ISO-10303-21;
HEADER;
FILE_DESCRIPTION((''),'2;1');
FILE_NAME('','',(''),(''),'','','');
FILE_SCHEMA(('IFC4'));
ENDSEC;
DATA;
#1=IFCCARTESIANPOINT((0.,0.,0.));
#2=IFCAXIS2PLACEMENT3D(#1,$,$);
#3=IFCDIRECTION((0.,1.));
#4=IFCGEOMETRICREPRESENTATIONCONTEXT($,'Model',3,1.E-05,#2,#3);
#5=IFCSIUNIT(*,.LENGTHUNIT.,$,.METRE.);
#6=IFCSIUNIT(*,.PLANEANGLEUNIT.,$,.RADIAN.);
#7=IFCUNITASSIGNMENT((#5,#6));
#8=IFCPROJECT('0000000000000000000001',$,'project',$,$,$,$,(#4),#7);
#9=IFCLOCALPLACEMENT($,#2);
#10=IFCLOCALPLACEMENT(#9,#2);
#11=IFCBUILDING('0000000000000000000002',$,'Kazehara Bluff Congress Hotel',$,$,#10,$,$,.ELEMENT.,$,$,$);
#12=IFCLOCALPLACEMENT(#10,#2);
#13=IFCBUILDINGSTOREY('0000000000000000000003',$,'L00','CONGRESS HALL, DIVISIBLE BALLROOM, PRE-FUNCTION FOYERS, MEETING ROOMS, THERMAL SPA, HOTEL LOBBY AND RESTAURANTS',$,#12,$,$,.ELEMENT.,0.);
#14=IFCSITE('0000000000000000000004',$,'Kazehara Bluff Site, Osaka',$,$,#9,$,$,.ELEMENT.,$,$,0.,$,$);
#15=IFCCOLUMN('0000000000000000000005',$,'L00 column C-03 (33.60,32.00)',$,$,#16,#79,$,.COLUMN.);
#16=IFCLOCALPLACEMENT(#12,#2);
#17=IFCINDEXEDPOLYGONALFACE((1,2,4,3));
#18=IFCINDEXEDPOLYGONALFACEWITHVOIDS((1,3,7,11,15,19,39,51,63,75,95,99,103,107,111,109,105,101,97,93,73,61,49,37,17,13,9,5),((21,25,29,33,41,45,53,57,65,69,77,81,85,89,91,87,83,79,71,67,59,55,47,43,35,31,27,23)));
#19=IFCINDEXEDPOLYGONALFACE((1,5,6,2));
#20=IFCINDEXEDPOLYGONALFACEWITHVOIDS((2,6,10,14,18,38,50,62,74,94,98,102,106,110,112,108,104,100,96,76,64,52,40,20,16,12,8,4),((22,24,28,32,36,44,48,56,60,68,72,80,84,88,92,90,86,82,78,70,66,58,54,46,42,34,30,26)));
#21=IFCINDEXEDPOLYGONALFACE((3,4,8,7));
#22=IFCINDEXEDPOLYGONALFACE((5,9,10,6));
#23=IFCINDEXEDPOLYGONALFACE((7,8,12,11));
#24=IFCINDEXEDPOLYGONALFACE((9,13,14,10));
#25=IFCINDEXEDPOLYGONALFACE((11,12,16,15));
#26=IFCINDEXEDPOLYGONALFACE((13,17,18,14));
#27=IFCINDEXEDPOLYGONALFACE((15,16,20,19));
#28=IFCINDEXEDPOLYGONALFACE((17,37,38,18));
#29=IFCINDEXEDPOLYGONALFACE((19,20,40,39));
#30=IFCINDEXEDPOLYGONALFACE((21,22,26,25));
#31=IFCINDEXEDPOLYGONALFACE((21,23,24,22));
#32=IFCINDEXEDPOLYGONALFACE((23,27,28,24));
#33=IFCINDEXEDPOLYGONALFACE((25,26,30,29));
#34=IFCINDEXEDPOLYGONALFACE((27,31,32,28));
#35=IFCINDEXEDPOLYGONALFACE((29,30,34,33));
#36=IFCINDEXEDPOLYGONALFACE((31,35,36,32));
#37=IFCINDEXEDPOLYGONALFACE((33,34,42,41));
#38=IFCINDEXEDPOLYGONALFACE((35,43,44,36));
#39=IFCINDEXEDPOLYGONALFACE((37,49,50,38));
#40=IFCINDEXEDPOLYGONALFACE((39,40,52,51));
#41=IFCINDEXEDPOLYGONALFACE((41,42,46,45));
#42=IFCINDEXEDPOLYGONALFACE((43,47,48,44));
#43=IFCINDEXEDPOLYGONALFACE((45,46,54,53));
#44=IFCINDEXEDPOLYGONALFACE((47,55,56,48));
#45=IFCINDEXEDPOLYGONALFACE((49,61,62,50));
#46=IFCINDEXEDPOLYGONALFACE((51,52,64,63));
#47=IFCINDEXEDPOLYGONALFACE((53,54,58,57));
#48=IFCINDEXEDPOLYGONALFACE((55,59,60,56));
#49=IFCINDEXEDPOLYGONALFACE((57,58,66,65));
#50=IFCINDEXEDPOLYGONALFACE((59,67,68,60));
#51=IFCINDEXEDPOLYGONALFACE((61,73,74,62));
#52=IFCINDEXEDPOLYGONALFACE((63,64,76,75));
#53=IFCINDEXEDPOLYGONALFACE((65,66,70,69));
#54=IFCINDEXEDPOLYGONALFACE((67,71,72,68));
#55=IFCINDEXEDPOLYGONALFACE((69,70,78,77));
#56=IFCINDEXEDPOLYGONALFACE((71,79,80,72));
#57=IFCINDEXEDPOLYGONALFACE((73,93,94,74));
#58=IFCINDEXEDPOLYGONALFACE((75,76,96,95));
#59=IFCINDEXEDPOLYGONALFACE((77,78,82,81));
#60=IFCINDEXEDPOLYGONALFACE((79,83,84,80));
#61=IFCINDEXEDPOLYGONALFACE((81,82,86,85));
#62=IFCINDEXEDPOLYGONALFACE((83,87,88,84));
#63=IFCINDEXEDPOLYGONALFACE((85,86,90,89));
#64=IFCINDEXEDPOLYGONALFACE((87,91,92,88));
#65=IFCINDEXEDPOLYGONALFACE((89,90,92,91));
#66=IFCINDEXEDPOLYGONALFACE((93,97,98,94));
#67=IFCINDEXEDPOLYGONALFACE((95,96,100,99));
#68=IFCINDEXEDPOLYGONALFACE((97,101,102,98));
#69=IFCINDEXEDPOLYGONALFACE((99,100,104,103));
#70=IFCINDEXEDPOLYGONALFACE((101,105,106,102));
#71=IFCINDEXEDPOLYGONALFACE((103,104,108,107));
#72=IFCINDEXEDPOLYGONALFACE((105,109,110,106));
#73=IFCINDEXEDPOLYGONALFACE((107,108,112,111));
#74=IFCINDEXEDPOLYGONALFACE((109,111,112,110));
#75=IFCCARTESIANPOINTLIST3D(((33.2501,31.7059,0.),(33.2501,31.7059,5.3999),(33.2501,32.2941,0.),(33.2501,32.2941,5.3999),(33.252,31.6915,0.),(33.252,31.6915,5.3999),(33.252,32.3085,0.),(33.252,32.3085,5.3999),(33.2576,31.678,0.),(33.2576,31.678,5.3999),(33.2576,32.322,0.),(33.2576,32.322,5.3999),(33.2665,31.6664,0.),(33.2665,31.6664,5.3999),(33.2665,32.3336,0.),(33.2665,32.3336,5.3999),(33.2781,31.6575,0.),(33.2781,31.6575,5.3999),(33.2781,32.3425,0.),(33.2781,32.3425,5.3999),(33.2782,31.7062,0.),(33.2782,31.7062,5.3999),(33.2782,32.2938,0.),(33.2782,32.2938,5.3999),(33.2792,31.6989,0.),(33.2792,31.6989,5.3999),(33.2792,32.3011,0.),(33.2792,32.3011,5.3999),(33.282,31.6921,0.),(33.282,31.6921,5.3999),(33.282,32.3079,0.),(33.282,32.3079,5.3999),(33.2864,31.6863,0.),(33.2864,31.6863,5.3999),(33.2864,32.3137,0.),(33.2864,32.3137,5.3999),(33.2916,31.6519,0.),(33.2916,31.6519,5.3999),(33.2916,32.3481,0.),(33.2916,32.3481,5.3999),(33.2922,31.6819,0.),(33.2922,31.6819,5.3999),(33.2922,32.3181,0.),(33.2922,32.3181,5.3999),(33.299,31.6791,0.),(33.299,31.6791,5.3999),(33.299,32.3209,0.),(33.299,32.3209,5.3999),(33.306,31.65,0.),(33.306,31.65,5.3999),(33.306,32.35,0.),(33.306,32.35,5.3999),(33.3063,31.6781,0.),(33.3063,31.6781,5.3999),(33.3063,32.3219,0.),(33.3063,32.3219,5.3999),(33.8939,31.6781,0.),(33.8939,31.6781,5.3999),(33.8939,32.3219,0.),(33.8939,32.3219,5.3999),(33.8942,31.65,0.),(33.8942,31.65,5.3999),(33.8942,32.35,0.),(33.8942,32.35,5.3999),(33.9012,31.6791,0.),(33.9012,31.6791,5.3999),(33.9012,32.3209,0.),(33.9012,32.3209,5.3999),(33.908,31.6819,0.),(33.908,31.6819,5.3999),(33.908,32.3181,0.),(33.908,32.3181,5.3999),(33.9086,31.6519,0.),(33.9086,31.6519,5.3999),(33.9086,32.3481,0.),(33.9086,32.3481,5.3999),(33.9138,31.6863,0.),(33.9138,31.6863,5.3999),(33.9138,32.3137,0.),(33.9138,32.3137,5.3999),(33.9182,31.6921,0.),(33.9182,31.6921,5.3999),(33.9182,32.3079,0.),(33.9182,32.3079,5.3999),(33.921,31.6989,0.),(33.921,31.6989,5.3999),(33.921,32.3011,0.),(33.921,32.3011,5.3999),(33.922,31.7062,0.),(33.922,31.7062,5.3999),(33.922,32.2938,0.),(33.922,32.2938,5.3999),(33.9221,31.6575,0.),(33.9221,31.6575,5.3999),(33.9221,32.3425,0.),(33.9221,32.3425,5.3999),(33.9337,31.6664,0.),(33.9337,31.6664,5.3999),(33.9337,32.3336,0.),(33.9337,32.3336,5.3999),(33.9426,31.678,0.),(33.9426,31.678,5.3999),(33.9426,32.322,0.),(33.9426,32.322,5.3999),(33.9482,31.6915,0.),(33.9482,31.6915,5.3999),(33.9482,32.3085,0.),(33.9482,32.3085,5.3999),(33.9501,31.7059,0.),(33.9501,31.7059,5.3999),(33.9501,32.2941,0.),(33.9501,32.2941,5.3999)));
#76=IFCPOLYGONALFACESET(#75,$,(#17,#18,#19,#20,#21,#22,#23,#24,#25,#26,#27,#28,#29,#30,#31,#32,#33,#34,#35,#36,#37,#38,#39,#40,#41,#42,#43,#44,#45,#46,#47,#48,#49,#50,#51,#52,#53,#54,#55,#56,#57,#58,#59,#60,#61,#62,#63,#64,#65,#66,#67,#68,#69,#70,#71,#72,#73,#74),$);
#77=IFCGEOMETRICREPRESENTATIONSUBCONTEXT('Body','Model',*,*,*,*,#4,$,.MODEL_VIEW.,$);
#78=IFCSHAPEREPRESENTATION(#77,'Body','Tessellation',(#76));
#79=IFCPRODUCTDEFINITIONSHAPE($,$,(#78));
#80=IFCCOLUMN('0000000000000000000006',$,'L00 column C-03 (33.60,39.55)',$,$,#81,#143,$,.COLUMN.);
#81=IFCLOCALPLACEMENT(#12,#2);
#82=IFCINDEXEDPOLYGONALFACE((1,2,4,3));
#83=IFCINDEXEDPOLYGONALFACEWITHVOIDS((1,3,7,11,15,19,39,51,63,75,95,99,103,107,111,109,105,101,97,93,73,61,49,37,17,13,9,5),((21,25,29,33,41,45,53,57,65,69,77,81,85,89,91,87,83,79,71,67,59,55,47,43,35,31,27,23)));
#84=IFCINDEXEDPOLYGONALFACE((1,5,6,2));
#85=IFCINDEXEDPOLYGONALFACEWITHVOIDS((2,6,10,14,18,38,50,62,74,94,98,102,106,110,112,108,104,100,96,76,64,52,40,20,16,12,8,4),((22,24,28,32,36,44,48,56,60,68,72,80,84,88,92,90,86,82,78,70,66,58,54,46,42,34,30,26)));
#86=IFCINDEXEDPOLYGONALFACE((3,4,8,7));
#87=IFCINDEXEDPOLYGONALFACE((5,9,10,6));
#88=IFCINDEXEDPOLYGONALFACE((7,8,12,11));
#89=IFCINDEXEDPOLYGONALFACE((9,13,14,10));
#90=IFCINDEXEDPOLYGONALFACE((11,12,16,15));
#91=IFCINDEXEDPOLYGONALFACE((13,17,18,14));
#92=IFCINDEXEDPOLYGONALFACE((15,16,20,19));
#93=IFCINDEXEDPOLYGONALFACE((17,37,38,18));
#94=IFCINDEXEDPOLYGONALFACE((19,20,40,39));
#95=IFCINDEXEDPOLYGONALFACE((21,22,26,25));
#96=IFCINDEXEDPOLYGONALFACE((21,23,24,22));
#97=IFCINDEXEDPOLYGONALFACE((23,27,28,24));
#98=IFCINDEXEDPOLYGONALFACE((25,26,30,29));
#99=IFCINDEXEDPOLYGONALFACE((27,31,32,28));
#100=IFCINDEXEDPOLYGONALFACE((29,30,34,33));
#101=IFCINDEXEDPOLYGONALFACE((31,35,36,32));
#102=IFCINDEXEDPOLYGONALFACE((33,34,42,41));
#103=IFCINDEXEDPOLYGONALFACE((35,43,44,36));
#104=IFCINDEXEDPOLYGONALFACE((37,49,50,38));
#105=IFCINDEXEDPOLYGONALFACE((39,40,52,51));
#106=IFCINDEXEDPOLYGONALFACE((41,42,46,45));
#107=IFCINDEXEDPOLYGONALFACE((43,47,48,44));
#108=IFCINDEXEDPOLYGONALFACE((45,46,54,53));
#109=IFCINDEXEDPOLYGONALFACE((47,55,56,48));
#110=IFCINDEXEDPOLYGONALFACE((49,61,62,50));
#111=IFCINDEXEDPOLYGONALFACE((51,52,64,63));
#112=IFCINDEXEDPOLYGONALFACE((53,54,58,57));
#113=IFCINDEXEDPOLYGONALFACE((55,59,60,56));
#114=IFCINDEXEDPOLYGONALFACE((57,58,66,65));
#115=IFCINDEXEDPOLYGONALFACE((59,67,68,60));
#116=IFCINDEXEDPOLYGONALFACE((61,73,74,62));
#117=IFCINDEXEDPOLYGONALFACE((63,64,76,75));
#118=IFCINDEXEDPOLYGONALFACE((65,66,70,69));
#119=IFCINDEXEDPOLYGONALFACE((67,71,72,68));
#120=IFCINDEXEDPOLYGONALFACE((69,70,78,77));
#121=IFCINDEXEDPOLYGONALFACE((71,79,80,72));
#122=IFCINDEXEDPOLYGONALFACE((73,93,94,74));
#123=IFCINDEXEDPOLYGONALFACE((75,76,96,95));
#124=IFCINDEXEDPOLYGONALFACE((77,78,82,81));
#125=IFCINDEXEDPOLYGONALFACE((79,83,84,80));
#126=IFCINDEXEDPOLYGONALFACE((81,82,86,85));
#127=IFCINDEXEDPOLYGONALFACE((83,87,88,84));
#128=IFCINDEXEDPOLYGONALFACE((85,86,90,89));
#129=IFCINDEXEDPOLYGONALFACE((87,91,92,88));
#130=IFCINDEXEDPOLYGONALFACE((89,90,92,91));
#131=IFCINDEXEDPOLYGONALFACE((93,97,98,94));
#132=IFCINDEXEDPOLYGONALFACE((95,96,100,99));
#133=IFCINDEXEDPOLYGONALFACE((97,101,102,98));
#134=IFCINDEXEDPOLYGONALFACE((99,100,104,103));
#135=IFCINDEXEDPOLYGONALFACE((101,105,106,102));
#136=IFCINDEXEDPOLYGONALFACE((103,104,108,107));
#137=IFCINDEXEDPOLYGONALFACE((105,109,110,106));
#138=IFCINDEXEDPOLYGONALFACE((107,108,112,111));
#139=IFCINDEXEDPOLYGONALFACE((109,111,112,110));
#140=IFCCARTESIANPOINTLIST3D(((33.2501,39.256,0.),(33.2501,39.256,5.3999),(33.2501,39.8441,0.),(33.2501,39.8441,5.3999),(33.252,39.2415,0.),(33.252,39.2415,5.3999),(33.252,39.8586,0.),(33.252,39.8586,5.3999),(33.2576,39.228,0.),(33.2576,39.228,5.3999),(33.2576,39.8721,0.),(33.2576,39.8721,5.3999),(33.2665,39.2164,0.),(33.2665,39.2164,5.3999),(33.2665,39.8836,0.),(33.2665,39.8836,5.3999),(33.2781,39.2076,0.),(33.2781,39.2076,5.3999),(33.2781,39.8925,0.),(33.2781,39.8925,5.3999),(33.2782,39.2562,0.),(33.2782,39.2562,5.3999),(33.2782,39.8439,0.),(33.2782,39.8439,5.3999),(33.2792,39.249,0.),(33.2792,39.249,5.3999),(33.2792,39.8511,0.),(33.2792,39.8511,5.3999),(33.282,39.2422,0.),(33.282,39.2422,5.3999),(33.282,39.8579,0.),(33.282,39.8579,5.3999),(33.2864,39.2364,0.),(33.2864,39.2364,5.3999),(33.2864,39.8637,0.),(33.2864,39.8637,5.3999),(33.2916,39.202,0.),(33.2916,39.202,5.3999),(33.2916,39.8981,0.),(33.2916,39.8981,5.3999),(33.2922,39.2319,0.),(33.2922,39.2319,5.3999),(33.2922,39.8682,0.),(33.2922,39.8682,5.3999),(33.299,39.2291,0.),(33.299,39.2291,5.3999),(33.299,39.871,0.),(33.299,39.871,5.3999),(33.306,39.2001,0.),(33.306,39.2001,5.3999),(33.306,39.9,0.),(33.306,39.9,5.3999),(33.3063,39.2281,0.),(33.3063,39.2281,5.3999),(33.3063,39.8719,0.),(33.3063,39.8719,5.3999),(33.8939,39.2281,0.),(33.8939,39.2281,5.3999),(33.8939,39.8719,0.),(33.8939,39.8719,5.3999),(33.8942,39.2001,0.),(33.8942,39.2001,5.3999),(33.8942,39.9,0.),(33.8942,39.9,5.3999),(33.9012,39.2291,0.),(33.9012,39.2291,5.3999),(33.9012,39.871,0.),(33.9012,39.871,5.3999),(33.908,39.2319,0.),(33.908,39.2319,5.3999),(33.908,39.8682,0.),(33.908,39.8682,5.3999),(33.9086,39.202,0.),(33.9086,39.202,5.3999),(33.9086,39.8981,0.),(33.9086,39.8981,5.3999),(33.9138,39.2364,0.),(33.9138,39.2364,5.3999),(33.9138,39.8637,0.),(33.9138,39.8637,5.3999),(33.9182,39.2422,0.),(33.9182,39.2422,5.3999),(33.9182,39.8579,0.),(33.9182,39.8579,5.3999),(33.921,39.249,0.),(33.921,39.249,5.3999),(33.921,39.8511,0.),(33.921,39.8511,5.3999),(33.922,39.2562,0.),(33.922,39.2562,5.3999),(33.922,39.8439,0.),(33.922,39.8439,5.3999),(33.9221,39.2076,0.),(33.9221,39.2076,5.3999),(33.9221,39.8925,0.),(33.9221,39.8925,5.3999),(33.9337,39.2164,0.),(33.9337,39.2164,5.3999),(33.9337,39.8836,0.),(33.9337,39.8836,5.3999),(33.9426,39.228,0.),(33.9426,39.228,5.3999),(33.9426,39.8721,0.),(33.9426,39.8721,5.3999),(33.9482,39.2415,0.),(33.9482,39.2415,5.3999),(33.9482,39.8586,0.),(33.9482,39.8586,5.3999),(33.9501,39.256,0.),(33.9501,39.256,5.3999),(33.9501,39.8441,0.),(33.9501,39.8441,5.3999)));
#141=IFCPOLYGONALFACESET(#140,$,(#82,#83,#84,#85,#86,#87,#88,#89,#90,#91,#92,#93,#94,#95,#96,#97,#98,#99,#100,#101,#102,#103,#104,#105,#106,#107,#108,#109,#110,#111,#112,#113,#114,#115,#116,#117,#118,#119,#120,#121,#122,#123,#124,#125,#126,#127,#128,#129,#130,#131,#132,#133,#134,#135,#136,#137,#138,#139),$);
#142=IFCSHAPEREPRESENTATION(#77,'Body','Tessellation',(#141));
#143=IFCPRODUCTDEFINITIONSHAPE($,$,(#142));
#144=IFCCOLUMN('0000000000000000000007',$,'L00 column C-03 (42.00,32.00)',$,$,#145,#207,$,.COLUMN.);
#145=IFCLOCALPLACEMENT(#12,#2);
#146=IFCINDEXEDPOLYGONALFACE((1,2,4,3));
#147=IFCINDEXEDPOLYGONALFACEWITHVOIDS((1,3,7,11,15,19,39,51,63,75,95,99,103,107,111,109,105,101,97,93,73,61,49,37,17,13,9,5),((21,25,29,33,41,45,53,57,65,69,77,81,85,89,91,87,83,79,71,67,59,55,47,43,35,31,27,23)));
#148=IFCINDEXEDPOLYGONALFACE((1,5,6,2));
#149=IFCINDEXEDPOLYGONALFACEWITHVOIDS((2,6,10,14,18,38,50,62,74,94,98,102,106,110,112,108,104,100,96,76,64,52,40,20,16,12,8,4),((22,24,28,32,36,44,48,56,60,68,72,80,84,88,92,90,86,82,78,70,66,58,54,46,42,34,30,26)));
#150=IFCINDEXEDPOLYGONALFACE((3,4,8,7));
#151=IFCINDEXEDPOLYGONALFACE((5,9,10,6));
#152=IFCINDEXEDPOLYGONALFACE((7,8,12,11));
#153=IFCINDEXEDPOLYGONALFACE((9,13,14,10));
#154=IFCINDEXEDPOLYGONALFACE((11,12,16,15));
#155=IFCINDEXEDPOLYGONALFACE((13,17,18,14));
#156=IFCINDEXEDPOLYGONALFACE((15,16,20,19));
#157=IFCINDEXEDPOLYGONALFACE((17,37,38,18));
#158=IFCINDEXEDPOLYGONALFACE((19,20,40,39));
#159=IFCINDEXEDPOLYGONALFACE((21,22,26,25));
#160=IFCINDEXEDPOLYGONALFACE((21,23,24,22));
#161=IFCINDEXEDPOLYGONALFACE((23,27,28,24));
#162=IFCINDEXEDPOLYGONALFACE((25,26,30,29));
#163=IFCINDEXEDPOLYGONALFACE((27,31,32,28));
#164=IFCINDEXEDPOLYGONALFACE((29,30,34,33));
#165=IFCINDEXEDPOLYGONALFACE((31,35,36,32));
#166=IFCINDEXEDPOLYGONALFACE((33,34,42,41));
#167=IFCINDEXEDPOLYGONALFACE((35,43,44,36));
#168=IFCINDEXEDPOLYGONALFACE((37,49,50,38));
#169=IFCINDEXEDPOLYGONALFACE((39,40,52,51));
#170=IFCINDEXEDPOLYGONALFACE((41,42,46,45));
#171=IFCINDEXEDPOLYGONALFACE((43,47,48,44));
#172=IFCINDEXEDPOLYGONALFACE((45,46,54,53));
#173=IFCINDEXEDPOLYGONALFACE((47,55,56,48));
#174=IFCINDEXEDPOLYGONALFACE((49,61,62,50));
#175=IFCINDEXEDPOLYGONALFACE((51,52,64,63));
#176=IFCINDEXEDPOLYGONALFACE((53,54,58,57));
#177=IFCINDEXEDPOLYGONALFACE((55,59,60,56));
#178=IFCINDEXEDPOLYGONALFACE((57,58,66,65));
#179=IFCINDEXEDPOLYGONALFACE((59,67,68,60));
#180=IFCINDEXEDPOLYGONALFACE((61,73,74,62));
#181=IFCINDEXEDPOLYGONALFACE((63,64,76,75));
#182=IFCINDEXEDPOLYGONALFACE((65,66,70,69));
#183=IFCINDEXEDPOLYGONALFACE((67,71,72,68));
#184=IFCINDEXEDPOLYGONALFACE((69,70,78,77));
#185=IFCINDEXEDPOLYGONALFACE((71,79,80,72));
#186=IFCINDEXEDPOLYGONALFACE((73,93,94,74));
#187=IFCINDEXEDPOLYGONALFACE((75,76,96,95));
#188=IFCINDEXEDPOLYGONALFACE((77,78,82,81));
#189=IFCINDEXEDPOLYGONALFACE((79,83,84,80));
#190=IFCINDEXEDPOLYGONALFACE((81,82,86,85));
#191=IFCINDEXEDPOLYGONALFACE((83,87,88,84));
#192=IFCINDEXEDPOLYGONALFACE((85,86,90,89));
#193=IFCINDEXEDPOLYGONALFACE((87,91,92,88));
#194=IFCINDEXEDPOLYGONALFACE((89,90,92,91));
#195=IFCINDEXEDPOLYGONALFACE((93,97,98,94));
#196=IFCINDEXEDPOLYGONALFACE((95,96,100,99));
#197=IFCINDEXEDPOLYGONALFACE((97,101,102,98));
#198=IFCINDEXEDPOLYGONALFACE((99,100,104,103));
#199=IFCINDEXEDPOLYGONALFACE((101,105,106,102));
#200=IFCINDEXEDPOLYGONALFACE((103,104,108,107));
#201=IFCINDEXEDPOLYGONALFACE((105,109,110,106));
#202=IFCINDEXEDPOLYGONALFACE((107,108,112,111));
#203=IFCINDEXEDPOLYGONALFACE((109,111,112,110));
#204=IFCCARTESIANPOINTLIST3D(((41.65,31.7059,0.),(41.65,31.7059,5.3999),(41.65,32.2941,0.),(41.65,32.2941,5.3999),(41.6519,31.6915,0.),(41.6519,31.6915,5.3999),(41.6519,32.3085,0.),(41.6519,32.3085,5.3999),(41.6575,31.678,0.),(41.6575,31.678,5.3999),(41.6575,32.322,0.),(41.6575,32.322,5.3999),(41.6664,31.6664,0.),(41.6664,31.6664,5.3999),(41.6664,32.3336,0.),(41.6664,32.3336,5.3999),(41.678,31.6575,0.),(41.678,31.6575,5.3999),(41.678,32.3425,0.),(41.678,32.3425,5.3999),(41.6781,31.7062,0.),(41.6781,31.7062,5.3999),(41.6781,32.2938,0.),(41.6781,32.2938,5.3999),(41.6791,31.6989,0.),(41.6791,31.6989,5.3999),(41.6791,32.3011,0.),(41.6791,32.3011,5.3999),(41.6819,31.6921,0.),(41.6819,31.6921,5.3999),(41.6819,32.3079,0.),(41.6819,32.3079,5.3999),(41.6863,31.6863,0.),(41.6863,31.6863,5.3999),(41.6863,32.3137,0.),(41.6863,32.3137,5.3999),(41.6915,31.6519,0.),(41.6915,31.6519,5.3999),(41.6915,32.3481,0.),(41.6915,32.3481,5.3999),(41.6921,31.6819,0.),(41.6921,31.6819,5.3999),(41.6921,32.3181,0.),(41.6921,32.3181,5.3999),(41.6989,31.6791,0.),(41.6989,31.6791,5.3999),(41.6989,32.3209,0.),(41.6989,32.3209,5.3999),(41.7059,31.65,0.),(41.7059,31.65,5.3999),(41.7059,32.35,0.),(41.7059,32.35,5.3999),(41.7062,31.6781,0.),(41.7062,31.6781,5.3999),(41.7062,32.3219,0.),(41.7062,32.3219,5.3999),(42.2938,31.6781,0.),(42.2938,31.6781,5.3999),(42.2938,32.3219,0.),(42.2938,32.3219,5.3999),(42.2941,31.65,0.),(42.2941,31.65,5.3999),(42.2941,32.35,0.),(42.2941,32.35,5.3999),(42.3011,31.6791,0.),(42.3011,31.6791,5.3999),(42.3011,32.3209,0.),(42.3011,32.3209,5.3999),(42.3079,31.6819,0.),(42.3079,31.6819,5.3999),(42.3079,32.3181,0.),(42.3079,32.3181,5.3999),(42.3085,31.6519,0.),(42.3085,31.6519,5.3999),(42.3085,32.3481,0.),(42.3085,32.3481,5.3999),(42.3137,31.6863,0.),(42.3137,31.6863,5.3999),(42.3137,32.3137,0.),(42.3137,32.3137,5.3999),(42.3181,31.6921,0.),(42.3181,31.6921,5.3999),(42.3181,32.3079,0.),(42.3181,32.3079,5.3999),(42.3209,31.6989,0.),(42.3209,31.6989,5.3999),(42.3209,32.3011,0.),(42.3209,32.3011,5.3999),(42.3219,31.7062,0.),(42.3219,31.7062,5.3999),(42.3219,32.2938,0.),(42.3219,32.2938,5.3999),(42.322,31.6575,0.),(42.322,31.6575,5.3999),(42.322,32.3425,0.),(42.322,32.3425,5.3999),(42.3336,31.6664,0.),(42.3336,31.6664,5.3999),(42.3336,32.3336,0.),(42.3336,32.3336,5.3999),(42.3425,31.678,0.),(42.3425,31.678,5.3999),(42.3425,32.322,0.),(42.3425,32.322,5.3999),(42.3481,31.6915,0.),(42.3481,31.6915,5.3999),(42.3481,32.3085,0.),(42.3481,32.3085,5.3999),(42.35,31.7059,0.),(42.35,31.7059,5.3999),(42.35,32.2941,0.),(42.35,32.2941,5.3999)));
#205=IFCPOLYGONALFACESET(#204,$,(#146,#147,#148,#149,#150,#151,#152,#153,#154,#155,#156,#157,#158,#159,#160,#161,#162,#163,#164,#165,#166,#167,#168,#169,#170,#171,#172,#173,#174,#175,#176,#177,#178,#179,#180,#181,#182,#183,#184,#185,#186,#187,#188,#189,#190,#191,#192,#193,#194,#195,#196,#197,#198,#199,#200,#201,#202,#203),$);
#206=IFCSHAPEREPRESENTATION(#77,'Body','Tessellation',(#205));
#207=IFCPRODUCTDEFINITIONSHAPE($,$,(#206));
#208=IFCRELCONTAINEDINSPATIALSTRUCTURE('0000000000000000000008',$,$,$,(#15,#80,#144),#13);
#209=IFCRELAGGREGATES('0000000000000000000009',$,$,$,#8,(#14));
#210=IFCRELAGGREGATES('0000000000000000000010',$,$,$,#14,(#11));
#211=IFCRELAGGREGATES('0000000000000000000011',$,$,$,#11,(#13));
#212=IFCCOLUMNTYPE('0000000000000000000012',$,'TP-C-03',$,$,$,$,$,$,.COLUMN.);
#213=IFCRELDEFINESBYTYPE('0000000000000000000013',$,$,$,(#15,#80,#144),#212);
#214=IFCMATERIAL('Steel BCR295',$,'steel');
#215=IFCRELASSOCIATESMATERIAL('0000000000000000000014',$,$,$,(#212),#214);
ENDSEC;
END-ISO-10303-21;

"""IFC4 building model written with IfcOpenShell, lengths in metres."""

from ifc_helpers import new_model, si_unit, direction, frame, origin, origin_2d, place, context, subcontext, project, spatial, hollow_rectangle, extrude, material, material_profile, profile_set, type_object, element, save


model = new_model("IFC4")

# Units and contexts
model_context = context("Model", 3, precision=1e-05, world=origin(), true_north=direction((0.0, 1.0)))
body_context = subcontext(model_context, "Body", "Model", "MODEL_VIEW")
ifc_project = project(units=[si_unit("LENGTHUNIT", "METRE"), si_unit("PLANEANGLEUNIT", "RADIAN")], contexts=[model_context])

# Site, building, storey
site_placement = place(None, origin())
site = spatial("IfcSite", under=ifc_project, at=site_placement, Name="Kazehara Bluff Site, Osaka", CompositionType="ELEMENT", RefElevation=0.0)
building_placement = place(site_placement, origin())
building = spatial("IfcBuilding", under=site, at=building_placement, Name="Kazehara Bluff Congress Hotel", CompositionType="ELEMENT")
storey_placement = place(building_placement, origin())
storey = spatial("IfcBuildingStorey", under=building, at=storey_placement, Name="L00", Description="CONGRESS HALL, DIVISIBLE BALLROOM, PRE-FUNCTION FOYERS, MEETING ROOMS, THERMAL SPA, HOTEL LOBBY AND RESTAURANTS", CompositionType="ELEMENT", Elevation=0.0)

# Columns
ifc_material_1 = material(Name="Steel BCR295", Category="steel")
ifc_material_profile_1 = material_profile(ifc_material_1, hollow_rectangle(XDim=0.7, YDim=0.7, WallThickness=0.0281, InnerFilletRadius=0.0281, OuterFilletRadius=0.0559, at=origin_2d()))
ifc_profile_set_1 = profile_set([ifc_material_profile_1], Name="Steel BCR295")
column_type = type_object("IfcColumnType", Name="TP-C-03", PredefinedType="COLUMN", material=ifc_profile_set_1)
for number, where, z_axis, x_axis, name in (
    (1, (33.6001, 32.0, 0.0), (0.0, 0.0, 1.0), (1.0, 0.0, 0.0), "L00 column C-03 (33.60,32.00)"),
    (2, (33.6001, 39.55, 0.0), (0.0, 0.0, 1.0), (1.0, 0.0, 0.0), "L00 column C-03 (33.60,39.55)"),
    (3, (42.0, 32.0, 0.0), (0.0, 0.0, 1.0), (1.0, 0.0, 0.0), "L00 column C-03 (42.00,32.00)"),
):
    element("IfcColumn", number, at=place(storey_placement, frame(where, z_axis=z_axis, x_axis=x_axis)), inside=storey, type_object=column_type, Name=name, PredefinedType="COLUMN", context=body_context, shape_type="SweptSolid", body=[
        extrude(hollow_rectangle(XDim=0.7, YDim=0.7, WallThickness=0.0281, InnerFilletRadius=0.0281, OuterFilletRadius=0.0559, at=origin_2d()), origin(), (0.0, 0.0, 1.0), 5.3999),
    ])

save(model, "model.ifc")
